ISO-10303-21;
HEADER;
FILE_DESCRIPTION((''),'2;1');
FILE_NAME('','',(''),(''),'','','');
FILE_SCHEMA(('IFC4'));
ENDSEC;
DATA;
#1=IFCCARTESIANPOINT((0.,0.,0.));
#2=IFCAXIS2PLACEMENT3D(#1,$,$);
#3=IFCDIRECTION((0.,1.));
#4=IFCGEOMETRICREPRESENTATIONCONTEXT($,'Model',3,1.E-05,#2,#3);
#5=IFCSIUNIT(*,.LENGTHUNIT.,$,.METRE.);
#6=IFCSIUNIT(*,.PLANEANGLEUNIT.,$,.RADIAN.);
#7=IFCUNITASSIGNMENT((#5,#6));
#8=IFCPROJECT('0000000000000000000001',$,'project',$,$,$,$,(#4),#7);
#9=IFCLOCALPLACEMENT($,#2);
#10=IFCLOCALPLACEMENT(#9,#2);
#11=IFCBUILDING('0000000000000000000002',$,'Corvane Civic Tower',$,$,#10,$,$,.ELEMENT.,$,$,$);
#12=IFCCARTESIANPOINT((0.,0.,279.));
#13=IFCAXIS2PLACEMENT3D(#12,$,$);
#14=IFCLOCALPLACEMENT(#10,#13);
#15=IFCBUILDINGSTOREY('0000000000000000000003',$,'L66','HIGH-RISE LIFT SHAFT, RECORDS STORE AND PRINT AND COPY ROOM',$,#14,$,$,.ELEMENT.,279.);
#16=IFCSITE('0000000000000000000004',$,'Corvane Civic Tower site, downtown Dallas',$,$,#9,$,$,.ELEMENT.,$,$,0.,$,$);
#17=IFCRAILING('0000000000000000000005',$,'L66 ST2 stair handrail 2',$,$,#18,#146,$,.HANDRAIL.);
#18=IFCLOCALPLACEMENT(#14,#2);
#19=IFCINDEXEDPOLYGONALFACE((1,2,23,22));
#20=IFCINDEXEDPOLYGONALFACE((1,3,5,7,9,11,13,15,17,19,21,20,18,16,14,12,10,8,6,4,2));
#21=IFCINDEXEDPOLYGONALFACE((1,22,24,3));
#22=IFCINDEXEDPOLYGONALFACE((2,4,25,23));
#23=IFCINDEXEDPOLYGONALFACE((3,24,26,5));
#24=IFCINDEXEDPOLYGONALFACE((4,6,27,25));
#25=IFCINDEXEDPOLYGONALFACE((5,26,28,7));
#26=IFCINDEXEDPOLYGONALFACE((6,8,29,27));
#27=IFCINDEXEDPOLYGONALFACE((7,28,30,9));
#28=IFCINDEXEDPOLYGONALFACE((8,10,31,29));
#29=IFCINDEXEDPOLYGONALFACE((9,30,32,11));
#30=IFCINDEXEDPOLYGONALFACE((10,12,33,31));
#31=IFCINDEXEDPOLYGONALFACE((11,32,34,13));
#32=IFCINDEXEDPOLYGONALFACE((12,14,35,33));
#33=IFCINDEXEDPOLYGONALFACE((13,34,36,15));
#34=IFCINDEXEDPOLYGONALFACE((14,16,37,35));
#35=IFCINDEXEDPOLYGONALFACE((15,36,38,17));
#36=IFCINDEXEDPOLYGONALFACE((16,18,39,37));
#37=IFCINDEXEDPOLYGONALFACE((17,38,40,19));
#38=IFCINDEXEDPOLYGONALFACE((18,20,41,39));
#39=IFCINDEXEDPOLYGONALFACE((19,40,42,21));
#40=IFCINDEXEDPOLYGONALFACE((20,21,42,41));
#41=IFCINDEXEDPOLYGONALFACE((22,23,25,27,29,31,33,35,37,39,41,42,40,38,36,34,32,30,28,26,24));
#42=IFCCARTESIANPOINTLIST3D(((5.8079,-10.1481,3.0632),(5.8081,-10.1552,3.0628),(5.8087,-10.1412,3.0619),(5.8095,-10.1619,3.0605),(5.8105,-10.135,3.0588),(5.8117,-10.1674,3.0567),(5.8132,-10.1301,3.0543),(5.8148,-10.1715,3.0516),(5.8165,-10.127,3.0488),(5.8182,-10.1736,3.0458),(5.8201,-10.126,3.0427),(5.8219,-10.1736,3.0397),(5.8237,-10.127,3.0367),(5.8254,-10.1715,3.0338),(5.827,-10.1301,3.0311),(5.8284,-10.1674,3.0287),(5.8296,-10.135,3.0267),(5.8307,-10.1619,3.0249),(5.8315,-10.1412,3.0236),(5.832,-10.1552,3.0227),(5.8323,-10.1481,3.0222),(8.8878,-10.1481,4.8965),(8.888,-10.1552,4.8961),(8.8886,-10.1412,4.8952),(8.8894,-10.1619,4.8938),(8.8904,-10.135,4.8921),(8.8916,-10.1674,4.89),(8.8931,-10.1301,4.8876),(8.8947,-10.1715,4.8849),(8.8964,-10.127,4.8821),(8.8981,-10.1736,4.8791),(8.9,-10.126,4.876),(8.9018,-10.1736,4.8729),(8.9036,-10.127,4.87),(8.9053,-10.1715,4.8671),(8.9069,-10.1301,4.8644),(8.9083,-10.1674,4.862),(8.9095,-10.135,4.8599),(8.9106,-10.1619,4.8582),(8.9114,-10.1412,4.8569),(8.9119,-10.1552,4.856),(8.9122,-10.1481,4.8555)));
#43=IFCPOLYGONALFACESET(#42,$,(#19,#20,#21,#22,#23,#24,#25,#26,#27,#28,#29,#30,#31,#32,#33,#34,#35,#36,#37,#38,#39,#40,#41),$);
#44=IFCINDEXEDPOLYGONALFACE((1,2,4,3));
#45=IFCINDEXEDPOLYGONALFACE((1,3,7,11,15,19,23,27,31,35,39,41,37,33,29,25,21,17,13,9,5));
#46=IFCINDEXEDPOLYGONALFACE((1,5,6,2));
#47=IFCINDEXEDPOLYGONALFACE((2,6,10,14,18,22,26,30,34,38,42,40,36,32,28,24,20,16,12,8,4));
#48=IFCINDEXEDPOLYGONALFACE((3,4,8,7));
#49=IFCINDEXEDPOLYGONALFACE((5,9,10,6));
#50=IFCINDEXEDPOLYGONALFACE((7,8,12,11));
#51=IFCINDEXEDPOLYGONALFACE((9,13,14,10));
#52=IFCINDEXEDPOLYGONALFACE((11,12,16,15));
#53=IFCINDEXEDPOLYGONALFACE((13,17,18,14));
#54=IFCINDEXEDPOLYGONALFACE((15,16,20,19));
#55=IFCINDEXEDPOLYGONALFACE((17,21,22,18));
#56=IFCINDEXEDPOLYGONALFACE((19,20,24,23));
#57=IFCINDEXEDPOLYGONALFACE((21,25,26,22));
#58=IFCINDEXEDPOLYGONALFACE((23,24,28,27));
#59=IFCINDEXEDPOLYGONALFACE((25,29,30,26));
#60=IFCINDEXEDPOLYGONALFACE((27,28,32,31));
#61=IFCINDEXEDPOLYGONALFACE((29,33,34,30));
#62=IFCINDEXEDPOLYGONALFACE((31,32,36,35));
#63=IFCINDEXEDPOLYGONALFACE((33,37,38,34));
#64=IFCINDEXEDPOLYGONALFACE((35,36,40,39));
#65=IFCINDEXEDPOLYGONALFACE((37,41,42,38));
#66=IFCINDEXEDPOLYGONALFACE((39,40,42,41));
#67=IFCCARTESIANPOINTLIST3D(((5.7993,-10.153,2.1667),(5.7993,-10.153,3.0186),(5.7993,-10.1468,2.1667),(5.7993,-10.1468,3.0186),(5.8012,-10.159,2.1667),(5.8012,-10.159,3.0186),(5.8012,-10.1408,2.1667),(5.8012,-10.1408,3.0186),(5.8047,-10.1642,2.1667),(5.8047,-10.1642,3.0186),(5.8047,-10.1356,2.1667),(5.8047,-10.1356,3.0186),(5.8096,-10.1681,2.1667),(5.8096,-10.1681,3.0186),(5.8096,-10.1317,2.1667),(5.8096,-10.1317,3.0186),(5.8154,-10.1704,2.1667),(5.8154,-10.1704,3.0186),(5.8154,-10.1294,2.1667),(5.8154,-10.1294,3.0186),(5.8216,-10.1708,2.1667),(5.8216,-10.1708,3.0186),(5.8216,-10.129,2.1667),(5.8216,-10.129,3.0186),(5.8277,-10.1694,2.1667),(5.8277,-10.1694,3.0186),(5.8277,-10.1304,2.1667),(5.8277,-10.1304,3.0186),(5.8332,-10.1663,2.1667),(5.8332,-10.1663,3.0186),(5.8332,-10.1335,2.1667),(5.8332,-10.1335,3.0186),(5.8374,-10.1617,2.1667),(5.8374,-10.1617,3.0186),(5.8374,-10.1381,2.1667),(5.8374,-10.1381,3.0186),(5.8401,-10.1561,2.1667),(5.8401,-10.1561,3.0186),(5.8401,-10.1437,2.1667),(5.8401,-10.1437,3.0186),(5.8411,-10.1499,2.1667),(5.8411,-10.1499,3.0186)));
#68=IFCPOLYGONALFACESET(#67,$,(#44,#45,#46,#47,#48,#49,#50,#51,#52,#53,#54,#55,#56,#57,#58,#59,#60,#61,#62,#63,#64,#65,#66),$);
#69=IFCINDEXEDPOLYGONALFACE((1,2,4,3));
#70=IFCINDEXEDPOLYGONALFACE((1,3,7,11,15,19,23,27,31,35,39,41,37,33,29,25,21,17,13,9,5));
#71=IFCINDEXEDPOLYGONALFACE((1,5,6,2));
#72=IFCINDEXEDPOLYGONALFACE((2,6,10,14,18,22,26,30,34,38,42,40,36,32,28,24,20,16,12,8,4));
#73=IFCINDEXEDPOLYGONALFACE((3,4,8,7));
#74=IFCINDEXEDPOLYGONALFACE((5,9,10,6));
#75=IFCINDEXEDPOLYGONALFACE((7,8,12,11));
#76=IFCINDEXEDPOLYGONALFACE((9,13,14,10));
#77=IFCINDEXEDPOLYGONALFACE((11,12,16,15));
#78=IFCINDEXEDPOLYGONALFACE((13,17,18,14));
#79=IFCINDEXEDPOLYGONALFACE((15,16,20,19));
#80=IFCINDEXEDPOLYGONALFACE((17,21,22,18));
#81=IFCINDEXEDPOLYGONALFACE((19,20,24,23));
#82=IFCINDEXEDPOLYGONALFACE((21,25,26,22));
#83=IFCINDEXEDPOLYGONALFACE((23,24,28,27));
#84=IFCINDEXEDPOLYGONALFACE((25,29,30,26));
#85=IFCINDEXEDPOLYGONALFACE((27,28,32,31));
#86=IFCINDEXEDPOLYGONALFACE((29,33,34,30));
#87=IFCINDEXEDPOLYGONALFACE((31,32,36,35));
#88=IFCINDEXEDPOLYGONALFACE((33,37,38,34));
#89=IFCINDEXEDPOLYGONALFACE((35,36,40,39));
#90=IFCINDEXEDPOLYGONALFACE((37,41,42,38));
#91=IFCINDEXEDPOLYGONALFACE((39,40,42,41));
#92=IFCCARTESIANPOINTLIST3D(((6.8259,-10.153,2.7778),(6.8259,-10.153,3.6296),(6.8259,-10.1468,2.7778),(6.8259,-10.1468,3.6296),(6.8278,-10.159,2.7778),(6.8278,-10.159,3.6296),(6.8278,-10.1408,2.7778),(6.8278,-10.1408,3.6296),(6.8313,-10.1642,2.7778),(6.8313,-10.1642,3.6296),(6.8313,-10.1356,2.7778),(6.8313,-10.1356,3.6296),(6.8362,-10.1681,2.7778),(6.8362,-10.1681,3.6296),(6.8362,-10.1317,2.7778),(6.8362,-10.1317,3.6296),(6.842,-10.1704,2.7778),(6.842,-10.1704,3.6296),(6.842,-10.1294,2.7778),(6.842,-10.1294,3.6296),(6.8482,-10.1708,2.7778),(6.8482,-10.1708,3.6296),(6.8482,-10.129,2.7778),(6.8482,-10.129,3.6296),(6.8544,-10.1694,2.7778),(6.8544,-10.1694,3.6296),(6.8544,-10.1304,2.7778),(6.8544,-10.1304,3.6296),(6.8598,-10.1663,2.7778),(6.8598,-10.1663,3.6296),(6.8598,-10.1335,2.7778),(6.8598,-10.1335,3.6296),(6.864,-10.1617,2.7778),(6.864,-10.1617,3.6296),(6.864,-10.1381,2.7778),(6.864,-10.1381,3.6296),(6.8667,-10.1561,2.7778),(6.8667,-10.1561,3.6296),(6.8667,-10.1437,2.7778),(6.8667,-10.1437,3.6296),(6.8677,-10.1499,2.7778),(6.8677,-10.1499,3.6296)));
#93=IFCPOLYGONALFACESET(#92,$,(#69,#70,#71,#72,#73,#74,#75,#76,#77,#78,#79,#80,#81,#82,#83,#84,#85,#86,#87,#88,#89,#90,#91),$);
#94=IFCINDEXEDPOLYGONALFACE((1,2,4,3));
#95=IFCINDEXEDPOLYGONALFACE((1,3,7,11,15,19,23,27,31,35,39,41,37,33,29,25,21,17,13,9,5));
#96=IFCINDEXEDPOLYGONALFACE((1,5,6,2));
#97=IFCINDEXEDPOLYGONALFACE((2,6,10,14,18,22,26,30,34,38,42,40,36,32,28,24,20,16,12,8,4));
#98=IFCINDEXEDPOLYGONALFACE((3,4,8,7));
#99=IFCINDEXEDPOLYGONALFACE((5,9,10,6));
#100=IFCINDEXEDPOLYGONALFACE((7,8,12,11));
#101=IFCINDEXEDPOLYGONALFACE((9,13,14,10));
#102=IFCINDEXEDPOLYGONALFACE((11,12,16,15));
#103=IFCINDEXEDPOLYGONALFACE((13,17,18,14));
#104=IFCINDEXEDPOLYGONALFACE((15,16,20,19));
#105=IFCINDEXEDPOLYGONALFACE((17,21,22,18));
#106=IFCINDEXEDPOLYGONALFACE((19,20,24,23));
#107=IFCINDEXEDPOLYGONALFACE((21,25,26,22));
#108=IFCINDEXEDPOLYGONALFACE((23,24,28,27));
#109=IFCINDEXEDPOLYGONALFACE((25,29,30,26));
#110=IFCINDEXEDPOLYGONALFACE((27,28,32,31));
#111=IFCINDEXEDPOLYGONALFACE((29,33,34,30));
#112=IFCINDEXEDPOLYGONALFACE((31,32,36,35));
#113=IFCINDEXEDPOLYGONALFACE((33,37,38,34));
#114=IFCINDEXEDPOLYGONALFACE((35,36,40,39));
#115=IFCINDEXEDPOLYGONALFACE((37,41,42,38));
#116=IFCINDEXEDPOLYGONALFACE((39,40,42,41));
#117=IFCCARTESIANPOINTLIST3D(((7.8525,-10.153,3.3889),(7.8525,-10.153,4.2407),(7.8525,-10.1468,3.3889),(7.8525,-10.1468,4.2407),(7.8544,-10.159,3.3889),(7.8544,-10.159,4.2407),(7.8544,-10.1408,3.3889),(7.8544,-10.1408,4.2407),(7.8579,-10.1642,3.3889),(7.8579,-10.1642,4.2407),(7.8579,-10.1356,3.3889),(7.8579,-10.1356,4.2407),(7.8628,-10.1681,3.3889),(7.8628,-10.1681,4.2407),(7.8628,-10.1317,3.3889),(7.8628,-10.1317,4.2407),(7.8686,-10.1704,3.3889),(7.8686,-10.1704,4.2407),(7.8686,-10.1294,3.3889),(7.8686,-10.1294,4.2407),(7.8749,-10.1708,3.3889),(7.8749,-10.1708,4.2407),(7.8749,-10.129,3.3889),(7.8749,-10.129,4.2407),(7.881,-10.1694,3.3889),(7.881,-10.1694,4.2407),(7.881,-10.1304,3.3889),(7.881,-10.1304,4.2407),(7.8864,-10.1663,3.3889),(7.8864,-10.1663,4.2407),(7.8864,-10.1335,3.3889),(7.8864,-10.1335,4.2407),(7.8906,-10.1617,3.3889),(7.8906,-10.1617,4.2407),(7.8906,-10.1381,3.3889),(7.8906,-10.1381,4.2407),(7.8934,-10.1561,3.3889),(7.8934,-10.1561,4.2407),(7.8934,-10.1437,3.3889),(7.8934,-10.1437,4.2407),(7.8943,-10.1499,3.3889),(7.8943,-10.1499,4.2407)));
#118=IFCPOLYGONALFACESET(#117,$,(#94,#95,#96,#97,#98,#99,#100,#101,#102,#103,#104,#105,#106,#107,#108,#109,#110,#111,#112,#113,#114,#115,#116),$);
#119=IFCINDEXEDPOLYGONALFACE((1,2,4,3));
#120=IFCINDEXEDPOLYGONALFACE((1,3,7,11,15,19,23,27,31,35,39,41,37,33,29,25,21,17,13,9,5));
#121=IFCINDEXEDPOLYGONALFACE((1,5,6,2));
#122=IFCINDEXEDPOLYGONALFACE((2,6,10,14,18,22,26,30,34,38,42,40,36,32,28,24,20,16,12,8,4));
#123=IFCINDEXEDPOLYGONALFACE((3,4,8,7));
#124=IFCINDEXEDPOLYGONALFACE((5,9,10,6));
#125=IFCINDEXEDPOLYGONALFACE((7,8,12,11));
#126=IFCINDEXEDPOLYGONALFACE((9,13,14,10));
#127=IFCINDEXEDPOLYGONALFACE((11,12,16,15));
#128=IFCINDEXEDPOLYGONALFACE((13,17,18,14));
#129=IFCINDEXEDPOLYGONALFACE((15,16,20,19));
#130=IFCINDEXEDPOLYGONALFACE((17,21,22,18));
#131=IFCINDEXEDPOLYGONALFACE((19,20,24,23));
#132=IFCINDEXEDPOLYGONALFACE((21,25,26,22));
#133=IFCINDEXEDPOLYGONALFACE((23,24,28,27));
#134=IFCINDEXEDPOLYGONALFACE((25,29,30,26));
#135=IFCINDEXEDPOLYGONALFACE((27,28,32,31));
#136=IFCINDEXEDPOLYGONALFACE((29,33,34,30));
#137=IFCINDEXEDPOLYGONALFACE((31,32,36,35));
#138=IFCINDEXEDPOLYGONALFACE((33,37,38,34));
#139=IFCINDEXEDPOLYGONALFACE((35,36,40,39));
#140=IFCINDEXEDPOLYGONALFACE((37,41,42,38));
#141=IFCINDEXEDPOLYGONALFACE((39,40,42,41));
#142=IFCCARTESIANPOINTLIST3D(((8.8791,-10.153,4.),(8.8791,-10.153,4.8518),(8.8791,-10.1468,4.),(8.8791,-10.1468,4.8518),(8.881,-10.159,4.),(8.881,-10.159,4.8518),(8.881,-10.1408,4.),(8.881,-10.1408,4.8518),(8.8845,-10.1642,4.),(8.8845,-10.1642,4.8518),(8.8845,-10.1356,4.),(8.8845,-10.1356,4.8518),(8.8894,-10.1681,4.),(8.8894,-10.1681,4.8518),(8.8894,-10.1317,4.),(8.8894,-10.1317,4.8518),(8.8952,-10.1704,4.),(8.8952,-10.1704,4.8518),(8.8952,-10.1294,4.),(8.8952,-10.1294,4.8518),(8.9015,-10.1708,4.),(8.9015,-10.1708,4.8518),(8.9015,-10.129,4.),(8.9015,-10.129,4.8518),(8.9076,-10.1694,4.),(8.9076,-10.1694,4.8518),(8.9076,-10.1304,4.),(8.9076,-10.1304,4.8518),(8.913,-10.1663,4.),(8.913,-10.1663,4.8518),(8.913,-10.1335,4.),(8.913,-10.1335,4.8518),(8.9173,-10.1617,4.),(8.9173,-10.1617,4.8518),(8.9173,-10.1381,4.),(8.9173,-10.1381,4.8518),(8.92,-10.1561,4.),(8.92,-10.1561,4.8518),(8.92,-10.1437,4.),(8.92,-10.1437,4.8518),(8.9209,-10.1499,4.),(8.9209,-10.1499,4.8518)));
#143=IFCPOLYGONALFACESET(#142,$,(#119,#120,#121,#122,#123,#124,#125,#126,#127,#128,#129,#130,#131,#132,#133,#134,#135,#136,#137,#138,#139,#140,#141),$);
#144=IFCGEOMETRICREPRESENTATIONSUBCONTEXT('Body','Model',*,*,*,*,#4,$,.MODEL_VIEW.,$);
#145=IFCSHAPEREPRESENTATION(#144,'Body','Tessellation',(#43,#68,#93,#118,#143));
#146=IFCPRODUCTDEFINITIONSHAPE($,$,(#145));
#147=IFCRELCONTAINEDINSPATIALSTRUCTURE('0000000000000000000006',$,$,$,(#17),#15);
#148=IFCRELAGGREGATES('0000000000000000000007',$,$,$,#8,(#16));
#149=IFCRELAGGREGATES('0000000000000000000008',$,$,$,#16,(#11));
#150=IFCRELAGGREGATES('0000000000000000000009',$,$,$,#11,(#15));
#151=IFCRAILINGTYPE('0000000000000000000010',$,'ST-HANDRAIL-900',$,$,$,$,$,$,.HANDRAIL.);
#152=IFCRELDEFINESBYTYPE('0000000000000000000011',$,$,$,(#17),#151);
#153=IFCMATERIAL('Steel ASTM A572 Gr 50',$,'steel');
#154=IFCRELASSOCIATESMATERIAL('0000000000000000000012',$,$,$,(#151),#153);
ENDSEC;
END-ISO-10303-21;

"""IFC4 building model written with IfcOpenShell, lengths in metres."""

from ifc_helpers import new_model, si_unit, direction, frame, origin, origin_2d, place, context, subcontext, project, spatial, circle, extrude, material, type_object, element, save


model = new_model("IFC4")

# Units and contexts
model_context = context("Model", 3, precision=1e-05, world=origin(), true_north=direction((0.0, 1.0)))
body_context = subcontext(model_context, "Body", "Model", "MODEL_VIEW")
ifc_project = project(units=[si_unit("LENGTHUNIT", "METRE"), si_unit("PLANEANGLEUNIT", "RADIAN")], contexts=[model_context])

# Site, building, storey
site_placement = place(None, origin())
site = spatial("IfcSite", under=ifc_project, at=site_placement, Name="Corvane Civic Tower site, downtown Dallas", CompositionType="ELEMENT", RefElevation=0.0)
building_placement = place(site_placement, origin())
building = spatial("IfcBuilding", under=site, at=building_placement, Name="Corvane Civic Tower", CompositionType="ELEMENT")
storey_placement = place(building_placement, frame((0.0, 0.0, 279.0)))
storey = spatial("IfcBuildingStorey", under=building, at=storey_placement, Name="L66", Description="HIGH-RISE LIFT SHAFT, RECORDS STORE AND PRINT AND COPY ROOM", CompositionType="ELEMENT", Elevation=279.0)

# Railing
ifc_material_1 = material(Name="Steel ASTM A572 Gr 50", Category="steel")
railing_type_1 = type_object("IfcRailingType", Name="ST-HANDRAIL-900", PredefinedType="HANDRAIL", material=ifc_material_1)
railing_1_placement = place(storey_placement, frame((5.8201, -10.1499, 2.1667)))
element("IfcRailing", 1, at=railing_1_placement, inside=storey, type_object=railing_type_1, Name="L66 ST2 stair handrail 2", PredefinedType="HANDRAIL", context=body_context, shape_type="SweptSolid", body=[
    extrude(circle(Radius=0.0239, at=origin_2d()), frame((0.0, 0.0, 0.876), z_axis=(0.859291, 0.0, 0.511487), x_axis=(0.0, 1.0, 0.0)), (0.0, 0.0, 1.0), 3.5842),
    extrude(circle(Radius=0.021, at=origin_2d()), origin(), (0.0, 0.0, 1.0), 0.8518),
    extrude(circle(Radius=0.021, at=origin_2d()), frame((1.0266, 0.0, 0.6111)), (0.0, 0.0, 1.0), 0.8518),
    extrude(circle(Radius=0.021, at=origin_2d()), frame((2.0532, 0.0, 1.2222)), (0.0, 0.0, 1.0), 0.8518),
    extrude(circle(Radius=0.021, at=origin_2d()), frame((3.0798, 0.0, 1.8333)), (0.0, 0.0, 1.0), 0.8518),
])

save(model, "model.ifc")
